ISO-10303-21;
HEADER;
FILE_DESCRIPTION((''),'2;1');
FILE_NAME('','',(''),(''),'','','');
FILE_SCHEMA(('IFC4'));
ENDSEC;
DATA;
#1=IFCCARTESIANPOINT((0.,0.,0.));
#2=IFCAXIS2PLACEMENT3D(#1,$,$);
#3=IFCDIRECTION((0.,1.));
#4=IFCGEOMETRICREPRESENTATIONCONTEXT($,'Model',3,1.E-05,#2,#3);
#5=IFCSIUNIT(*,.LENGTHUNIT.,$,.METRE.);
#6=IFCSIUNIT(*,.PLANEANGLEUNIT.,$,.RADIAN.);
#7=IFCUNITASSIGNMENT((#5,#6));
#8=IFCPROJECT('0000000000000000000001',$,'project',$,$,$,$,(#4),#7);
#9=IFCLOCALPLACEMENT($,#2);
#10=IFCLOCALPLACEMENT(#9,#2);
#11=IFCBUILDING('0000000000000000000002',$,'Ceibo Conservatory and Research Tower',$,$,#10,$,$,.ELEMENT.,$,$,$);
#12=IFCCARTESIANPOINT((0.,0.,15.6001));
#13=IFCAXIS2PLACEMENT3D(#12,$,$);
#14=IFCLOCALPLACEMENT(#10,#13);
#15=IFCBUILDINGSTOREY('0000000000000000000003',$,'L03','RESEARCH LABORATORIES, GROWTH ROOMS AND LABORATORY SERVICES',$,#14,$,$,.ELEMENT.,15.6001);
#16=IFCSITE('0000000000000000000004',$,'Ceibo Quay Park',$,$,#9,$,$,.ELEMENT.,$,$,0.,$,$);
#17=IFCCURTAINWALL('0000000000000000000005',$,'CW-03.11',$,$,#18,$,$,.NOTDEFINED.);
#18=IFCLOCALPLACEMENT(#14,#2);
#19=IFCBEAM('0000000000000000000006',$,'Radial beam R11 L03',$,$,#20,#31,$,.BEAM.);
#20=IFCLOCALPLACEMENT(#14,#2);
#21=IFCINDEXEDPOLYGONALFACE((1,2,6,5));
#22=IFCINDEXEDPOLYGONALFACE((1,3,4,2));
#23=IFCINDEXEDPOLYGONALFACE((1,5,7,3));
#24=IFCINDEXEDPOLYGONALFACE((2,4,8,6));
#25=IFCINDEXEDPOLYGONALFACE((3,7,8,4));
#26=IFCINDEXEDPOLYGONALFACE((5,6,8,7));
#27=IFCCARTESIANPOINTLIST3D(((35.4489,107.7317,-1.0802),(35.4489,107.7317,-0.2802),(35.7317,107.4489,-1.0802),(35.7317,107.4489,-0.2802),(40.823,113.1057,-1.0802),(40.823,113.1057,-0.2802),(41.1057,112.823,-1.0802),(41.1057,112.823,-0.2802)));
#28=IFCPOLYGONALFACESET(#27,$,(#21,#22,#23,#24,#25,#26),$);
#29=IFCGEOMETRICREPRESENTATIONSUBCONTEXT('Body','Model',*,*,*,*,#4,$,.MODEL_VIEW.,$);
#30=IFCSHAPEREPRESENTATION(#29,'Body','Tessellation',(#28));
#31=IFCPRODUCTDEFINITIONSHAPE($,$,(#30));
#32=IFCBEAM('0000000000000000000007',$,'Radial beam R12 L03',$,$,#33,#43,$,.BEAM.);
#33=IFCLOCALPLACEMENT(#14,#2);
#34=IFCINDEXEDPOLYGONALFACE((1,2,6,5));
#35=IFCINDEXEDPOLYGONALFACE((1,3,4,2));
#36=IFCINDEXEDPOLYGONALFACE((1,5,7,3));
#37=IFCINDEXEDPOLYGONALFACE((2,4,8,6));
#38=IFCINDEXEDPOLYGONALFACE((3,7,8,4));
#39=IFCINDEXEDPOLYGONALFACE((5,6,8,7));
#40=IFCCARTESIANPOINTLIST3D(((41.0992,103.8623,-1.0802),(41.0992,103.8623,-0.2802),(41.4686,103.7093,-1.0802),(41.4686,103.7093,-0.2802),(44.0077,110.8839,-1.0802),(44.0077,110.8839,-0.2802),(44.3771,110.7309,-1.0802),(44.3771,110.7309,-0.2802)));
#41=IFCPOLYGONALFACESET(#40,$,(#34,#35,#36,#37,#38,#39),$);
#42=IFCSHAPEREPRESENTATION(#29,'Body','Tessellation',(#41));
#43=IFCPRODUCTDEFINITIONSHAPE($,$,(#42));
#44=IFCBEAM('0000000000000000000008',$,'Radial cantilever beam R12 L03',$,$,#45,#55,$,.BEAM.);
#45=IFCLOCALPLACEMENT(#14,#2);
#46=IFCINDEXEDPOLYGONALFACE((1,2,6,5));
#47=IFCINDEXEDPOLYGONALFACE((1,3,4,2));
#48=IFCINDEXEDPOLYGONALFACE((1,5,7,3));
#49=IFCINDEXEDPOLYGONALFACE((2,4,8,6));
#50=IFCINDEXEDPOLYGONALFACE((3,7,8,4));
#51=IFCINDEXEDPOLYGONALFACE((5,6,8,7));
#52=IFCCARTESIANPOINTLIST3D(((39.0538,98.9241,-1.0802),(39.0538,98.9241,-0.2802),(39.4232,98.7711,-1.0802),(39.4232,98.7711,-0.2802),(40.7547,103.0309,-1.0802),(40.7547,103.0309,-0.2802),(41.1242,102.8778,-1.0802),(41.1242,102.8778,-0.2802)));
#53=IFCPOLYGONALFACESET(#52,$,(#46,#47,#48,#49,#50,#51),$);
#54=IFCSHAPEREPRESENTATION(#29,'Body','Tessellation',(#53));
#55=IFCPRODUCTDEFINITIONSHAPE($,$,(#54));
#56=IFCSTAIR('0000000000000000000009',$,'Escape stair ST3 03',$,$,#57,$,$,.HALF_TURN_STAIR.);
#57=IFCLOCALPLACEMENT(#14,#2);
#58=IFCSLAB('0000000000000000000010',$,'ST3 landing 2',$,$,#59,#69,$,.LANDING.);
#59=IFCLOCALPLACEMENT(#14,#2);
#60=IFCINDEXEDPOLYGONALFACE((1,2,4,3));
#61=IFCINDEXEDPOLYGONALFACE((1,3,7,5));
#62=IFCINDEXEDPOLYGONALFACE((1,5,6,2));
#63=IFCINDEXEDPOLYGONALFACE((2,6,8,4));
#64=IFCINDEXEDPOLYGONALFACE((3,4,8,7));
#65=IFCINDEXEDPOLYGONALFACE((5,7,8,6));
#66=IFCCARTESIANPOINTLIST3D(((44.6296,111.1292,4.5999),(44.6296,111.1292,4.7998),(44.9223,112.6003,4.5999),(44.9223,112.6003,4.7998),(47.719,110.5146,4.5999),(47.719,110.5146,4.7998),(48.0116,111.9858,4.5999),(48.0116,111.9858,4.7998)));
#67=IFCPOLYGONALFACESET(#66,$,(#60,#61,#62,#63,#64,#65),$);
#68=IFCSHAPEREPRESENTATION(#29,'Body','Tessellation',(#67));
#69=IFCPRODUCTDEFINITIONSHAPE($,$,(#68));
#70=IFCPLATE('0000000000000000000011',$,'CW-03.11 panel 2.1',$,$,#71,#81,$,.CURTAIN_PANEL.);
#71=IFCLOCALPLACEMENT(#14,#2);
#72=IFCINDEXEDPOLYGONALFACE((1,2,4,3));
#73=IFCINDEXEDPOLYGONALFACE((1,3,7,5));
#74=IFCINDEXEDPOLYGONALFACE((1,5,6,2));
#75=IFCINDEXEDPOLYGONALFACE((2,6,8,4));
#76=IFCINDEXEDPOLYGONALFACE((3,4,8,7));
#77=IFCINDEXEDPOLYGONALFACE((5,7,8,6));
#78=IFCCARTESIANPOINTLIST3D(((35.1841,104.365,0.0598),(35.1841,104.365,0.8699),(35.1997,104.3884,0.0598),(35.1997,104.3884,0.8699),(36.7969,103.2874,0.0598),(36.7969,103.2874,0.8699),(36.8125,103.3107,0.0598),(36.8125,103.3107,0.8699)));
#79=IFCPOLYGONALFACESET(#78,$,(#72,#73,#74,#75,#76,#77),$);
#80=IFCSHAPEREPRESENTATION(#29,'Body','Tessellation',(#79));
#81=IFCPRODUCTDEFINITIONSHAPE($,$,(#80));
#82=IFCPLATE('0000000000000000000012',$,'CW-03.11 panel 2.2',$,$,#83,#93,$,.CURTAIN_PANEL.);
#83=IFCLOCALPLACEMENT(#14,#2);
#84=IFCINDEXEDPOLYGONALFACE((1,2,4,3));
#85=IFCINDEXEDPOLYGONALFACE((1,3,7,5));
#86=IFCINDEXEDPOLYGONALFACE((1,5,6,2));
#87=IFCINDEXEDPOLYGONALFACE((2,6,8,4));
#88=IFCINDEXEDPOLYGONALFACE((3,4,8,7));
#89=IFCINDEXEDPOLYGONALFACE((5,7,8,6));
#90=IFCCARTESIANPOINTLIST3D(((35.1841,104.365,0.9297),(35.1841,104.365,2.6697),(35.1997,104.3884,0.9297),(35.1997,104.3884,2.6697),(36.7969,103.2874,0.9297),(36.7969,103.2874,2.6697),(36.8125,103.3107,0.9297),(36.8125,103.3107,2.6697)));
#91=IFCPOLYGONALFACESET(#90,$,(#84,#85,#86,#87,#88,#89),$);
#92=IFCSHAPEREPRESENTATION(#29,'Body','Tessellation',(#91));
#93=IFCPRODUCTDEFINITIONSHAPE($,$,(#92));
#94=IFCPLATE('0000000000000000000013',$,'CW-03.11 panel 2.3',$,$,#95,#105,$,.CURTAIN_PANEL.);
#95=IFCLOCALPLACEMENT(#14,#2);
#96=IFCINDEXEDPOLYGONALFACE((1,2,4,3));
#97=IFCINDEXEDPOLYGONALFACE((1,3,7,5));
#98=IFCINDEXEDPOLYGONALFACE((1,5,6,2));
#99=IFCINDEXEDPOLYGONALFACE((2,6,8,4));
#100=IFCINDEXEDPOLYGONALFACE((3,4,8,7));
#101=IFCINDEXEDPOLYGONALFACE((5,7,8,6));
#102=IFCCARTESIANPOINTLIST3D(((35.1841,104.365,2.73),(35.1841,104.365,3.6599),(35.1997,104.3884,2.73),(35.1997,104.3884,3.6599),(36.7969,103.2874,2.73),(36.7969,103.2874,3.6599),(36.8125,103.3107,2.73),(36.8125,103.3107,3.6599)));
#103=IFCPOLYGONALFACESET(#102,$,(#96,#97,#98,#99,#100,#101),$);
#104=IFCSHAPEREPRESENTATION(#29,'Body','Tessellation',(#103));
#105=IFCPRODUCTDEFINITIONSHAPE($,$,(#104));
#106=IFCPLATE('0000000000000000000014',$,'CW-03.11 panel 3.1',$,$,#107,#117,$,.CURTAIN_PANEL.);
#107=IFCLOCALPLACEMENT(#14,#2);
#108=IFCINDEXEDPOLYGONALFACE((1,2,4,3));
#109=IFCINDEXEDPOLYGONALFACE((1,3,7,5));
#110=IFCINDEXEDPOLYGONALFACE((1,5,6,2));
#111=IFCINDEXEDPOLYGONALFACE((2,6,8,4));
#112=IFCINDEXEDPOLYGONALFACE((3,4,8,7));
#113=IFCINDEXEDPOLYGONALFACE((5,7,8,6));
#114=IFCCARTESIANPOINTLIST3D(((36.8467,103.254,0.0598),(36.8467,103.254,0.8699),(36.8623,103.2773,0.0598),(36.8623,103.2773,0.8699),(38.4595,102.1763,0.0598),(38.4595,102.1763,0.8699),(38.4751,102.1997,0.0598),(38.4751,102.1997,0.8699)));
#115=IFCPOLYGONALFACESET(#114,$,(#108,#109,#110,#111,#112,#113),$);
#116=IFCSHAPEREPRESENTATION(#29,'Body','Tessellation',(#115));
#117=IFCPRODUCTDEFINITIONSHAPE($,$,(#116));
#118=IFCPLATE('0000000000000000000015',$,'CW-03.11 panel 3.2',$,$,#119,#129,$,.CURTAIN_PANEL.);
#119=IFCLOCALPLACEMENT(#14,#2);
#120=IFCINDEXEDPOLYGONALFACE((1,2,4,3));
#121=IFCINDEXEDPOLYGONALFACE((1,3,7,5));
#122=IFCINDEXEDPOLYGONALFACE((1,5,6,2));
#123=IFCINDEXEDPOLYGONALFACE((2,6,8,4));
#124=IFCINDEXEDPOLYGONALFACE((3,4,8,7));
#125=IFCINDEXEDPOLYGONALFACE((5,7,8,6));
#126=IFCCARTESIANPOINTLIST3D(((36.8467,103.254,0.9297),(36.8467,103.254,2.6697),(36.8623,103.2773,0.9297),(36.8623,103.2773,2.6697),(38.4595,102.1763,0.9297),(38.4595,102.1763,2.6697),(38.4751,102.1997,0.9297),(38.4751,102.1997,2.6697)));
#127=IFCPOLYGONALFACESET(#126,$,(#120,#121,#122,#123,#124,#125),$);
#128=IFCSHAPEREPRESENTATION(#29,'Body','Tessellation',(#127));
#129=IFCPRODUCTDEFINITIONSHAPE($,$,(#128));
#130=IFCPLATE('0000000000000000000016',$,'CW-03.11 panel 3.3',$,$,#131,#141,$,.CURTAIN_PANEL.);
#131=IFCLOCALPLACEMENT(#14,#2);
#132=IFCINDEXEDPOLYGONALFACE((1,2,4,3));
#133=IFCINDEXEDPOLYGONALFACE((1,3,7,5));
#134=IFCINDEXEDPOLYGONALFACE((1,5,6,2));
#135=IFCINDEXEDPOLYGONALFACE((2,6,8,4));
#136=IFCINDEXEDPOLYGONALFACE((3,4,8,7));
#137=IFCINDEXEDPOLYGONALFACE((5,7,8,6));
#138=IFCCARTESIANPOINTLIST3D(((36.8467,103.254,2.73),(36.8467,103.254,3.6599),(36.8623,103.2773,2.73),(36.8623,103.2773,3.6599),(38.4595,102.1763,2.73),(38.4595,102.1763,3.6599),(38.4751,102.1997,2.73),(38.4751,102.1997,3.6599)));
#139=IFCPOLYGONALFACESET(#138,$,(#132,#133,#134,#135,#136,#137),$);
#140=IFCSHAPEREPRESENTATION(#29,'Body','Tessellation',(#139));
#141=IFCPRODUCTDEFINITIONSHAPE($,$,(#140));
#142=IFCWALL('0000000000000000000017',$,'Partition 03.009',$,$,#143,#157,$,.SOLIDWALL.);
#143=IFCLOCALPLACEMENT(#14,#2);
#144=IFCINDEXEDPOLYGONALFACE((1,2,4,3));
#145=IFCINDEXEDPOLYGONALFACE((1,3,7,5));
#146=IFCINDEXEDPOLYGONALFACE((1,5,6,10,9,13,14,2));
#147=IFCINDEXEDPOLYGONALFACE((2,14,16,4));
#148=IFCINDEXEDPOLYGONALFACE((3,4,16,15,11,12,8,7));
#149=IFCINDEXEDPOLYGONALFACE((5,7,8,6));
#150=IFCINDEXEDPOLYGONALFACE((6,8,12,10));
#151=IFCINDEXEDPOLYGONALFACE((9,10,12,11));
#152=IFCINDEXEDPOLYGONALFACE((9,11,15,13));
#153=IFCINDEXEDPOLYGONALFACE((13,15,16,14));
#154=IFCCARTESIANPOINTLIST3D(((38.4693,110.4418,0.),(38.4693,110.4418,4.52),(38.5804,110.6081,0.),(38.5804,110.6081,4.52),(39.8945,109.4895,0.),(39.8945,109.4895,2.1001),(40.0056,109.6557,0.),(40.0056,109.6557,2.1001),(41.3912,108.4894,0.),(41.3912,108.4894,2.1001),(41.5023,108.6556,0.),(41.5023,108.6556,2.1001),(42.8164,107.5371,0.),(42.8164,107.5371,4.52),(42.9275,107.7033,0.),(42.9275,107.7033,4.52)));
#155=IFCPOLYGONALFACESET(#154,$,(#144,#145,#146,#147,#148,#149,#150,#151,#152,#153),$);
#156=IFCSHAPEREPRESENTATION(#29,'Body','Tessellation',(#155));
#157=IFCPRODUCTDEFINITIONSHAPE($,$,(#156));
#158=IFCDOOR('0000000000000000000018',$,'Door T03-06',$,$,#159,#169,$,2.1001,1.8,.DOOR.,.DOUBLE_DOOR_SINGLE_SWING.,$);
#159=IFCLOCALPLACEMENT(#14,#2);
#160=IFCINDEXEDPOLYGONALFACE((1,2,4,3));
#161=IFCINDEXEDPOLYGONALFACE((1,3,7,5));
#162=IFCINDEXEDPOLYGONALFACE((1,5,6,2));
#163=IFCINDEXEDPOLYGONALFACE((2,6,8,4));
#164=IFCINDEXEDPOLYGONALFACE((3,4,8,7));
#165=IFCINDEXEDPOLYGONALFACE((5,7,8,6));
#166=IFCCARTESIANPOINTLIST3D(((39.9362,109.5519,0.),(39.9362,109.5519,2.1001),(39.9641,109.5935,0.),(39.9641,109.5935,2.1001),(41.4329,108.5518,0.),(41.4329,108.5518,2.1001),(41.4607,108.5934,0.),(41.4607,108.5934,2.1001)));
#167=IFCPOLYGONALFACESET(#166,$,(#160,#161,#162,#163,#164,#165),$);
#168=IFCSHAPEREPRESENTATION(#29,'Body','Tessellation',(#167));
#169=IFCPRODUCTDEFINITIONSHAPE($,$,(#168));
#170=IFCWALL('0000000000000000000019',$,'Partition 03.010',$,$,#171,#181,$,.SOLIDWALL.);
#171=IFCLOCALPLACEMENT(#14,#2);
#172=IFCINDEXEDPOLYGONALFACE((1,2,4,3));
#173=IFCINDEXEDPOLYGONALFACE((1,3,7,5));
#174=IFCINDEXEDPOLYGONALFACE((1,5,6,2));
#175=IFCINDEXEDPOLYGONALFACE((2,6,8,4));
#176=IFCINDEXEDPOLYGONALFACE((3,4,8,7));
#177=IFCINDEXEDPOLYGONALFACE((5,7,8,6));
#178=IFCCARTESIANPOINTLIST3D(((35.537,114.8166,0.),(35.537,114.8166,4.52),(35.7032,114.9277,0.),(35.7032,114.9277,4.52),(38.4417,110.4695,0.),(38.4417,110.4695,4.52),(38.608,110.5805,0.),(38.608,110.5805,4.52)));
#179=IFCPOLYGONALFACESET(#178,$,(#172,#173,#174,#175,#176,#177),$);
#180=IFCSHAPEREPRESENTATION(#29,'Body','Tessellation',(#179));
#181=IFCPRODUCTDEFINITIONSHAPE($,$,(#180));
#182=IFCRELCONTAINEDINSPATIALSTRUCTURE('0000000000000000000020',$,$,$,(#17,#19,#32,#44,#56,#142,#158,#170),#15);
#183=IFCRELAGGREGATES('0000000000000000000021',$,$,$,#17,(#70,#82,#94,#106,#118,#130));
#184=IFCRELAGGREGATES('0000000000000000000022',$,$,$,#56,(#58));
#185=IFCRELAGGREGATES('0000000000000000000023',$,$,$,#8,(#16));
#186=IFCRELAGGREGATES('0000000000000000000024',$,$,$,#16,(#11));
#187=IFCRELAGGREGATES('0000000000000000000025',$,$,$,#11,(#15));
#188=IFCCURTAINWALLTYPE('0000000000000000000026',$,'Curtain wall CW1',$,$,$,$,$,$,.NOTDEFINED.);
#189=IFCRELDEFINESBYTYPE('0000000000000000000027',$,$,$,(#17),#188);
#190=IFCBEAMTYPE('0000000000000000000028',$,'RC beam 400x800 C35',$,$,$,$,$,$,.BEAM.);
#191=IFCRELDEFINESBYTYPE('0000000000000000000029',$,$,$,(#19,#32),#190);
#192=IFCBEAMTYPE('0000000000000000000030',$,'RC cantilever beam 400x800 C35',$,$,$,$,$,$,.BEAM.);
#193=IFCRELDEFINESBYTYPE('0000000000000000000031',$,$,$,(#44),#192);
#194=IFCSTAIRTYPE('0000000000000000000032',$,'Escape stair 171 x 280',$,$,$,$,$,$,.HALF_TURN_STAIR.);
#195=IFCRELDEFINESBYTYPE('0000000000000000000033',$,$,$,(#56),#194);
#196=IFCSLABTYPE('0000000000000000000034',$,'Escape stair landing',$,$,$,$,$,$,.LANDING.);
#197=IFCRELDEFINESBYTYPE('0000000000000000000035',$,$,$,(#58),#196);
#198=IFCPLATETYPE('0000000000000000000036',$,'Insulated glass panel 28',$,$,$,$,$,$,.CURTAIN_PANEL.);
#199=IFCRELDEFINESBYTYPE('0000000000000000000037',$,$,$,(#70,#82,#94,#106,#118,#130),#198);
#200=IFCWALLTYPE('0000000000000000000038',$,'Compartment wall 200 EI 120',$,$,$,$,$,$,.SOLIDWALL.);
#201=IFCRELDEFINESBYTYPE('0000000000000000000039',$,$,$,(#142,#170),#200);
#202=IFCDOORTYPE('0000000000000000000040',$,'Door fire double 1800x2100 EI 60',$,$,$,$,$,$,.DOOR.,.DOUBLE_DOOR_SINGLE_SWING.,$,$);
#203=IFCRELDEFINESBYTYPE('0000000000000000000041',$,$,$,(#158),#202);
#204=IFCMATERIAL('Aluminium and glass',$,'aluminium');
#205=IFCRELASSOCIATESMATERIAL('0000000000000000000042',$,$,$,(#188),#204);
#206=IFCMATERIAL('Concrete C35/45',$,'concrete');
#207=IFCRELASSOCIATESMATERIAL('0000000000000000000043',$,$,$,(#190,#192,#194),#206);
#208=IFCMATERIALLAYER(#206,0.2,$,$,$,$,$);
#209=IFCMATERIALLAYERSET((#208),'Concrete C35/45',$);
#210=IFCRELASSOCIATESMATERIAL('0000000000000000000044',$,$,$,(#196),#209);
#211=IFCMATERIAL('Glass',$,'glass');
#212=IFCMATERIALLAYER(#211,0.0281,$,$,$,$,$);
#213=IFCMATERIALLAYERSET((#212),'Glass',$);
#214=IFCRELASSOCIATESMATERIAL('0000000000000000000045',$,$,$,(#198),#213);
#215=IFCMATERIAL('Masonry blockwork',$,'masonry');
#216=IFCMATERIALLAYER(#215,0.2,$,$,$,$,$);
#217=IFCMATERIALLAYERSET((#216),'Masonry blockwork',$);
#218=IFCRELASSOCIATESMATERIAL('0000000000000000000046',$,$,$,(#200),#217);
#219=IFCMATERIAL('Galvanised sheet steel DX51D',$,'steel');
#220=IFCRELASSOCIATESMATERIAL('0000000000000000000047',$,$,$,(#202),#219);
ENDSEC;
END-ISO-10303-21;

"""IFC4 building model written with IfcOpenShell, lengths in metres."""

from ifc_helpers import new_model, si_unit, direction, frame, frame_2d, origin, origin_2d, place, context, subcontext, project, spatial, polyline, rectangle, outline, extrude, material, layer, layer_set, material_profile, profile_set, type_object, element, fill, aggregate, save


model = new_model("IFC4")

# Units and contexts
model_context = context("Model", 3, precision=1e-05, world=origin(), true_north=direction((0.0, 1.0)))
body_context = subcontext(model_context, "Body", "Model", "MODEL_VIEW")
ifc_project = project(units=[si_unit("LENGTHUNIT", "METRE"), si_unit("PLANEANGLEUNIT", "RADIAN")], contexts=[model_context])

# Site, building, storey
site_placement = place(None, origin())
site = spatial("IfcSite", under=ifc_project, at=site_placement, Name="Ceibo Quay Park", CompositionType="ELEMENT", RefElevation=0.0)
building_placement = place(site_placement, origin())
building = spatial("IfcBuilding", under=site, at=building_placement, Name="Ceibo Conservatory and Research Tower", CompositionType="ELEMENT")
storey_placement = place(building_placement, frame((0.0, 0.0, 15.6001)))
storey = spatial("IfcBuildingStorey", under=building, at=storey_placement, Name="L03", Description="RESEARCH LABORATORIES, GROWTH ROOMS AND LABORATORY SERVICES", CompositionType="ELEMENT", Elevation=15.6001)

# Shared definitions
ifc_material_1 = material(Name="Concrete C35/45", Category="concrete")

# Curtain wall
ifc_material_2 = material(Name="Aluminium and glass", Category="aluminium")
curtain_wall_type = type_object("IfcCurtainWallType", Name="Curtain wall CW1", PredefinedType="NOTDEFINED", material=ifc_material_2)
curtain_wall_placement = place(storey_placement, origin())
curtain_wall = element("IfcCurtainWall", 1, at=curtain_wall_placement, inside=storey, type_object=curtain_wall_type, Name="CW-03.11", PredefinedType="NOTDEFINED")

# Beams
ifc_material_profile_1 = material_profile(ifc_material_1, rectangle(XDim=0.3999, YDim=0.8, at=origin_2d()), Name="RC 400x800")
ifc_profile_set_1 = profile_set([ifc_material_profile_1], Name="Concrete C35/45")
beam_type_1 = type_object("IfcBeamType", Name="RC beam 400x800 C35", PredefinedType="BEAM", material=ifc_profile_set_1)
for number, where, z_axis, x_axis, name in (
    (2, (40.9644, 112.9644, -0.6802), (-0.707107, -0.707107, 0.0), (0.707107, -0.707107, 0.0), "Radial beam R11 L03"),
    (3, (44.1924, 110.8074, -0.6802), (-0.382689, -0.923877, 0.0), (0.923877, -0.382689, 0.0), "Radial beam R12 L03"),
):
    element("IfcBeam", number, at=place(storey_placement, frame(where, z_axis=z_axis, x_axis=x_axis)), inside=storey, type_object=beam_type_1, Name=name, PredefinedType="BEAM", context=body_context, shape_type="SweptSolid", body=[
        extrude(rectangle(XDim=0.3999, YDim=0.8, at=origin_2d()), origin(), (0.0, 0.0, 1.0), 7.6001),
    ])
ifc_material_profile_2 = material_profile(ifc_material_1, rectangle(XDim=0.3999, YDim=0.8, at=origin_2d()), Name="RC 400x800")
ifc_profile_set_2 = profile_set([ifc_material_profile_2], Name="Concrete C35/45")
beam_type_2 = type_object("IfcBeamType", Name="RC cantilever beam 400x800 C35", PredefinedType="BEAM", material=ifc_profile_set_2)
beam_1_placement = place(storey_placement, frame((40.9395, 102.9543, -0.6802), z_axis=(-0.382661, -0.923889, 0.0), x_axis=(0.923889, -0.382661, 0.0)))
element("IfcBeam", 4, at=beam_1_placement, inside=storey, type_object=beam_type_2, Name="Radial cantilever beam R12 L03", PredefinedType="BEAM", context=body_context, shape_type="SweptSolid", body=[
    extrude(rectangle(XDim=0.3999, YDim=0.8, at=origin_2d()), origin(), (0.0, 0.0, 1.0), 4.4451),
])

# Stair, slab
stair_type = type_object("IfcStairType", Name="Escape stair 171 x 280", PredefinedType="HALF_TURN_STAIR", material=ifc_material_1)
stair_placement = place(storey_placement, origin())
stair = element("IfcStair", 5, at=stair_placement, inside=storey, type_object=stair_type, Name="Escape stair ST3 03", PredefinedType="HALF_TURN_STAIR")
ifc_layer_1 = layer(ifc_material_1, 0.2)
ifc_layer_set_1 = layer_set([ifc_layer_1], Name="Concrete C35/45")
slab_type = type_object("IfcSlabType", Name="Escape stair landing", PredefinedType="LANDING", material=ifc_layer_set_1)
slab_placement = place(storey_placement, frame((47.719, 110.5146, 4.5999), z_axis=(0.0, 0.0, 1.0), x_axis=(0.19509, 0.980785, 0.0)))
slab = element("IfcSlab", 6, at=slab_placement, type_object=slab_type, Name="ST3 landing 2", PredefinedType="LANDING", context=body_context, shape_type="SweptSolid", body=[
    extrude(outline(polyline([(0.0, 0.0), (1.5, 0.0), (1.5, 3.1499), (0.0, 3.1499), (0.0, 0.0)])), origin(), (0.0, 0.0, 1.0), 0.2),
])

# Plates
ifc_material_3 = material(Name="Glass", Category="glass")
ifc_layer_2 = layer(ifc_material_3, 0.0281)
ifc_layer_set_2 = layer_set([ifc_layer_2], Name="Glass")
plate_type = type_object("IfcPlateType", Name="Insulated glass panel 28", PredefinedType="CURTAIN_PANEL", material=ifc_layer_set_2)
plate_1_placement = place(storey_placement, frame((35.9983, 103.8379, 0.0598), z_axis=(0.0, 0.0, 1.0), x_axis=(0.83147, -0.55557, 0.0)))
plate_1 = element("IfcPlate", 7, at=plate_1_placement, type_object=plate_type, Name="CW-03.11 panel 2.1", PredefinedType="CURTAIN_PANEL", context=body_context, shape_type="SweptSolid", body=[
    extrude(rectangle(XDim=1.9397, YDim=0.0281, at=origin_2d()), origin(), (0.0, 0.0, 1.0), 0.8101),
])
plate_2_placement = place(storey_placement, frame((35.9983, 103.8379, 0.9297), z_axis=(0.0, 0.0, 1.0), x_axis=(0.83147, -0.55557, 0.0)))
plate_2 = element("IfcPlate", 8, at=plate_2_placement, type_object=plate_type, Name="CW-03.11 panel 2.2", PredefinedType="CURTAIN_PANEL", context=body_context, shape_type="SweptSolid", body=[
    extrude(rectangle(XDim=1.9397, YDim=0.0281, at=origin_2d()), origin(), (0.0, 0.0, 1.0), 1.74),
])
plate_3_placement = place(storey_placement, frame((35.9983, 103.8379, 2.73), z_axis=(0.0, 0.0, 1.0), x_axis=(0.83147, -0.55557, 0.0)))
plate_3 = element("IfcPlate", 9, at=plate_3_placement, type_object=plate_type, Name="CW-03.11 panel 2.3", PredefinedType="CURTAIN_PANEL", context=body_context, shape_type="SweptSolid", body=[
    extrude(rectangle(XDim=1.9397, YDim=0.0281, at=origin_2d()), origin(), (0.0, 0.0, 1.0), 0.9299),
])
plate_4_placement = place(storey_placement, frame((37.6609, 102.7268, 0.0598), z_axis=(0.0, 0.0, 1.0), x_axis=(0.83147, -0.55557, 0.0)))
plate_4 = element("IfcPlate", 10, at=plate_4_placement, type_object=plate_type, Name="CW-03.11 panel 3.1", PredefinedType="CURTAIN_PANEL", context=body_context, shape_type="SweptSolid", body=[
    extrude(rectangle(XDim=1.9397, YDim=0.0281, at=origin_2d()), origin(), (0.0, 0.0, 1.0), 0.8101),
])
plate_5_placement = place(storey_placement, frame((37.6609, 102.7268, 0.9297), z_axis=(0.0, 0.0, 1.0), x_axis=(0.83147, -0.55557, 0.0)))
plate_5 = element("IfcPlate", 11, at=plate_5_placement, type_object=plate_type, Name="CW-03.11 panel 3.2", PredefinedType="CURTAIN_PANEL", context=body_context, shape_type="SweptSolid", body=[
    extrude(rectangle(XDim=1.9397, YDim=0.0281, at=origin_2d()), origin(), (0.0, 0.0, 1.0), 1.74),
])
plate_6_placement = place(storey_placement, frame((37.6609, 102.7268, 2.73), z_axis=(0.0, 0.0, 1.0), x_axis=(0.83147, -0.55557, 0.0)))
plate_6 = element("IfcPlate", 12, at=plate_6_placement, type_object=plate_type, Name="CW-03.11 panel 3.3", PredefinedType="CURTAIN_PANEL", context=body_context, shape_type="SweptSolid", body=[
    extrude(rectangle(XDim=1.9397, YDim=0.0281, at=origin_2d()), origin(), (0.0, 0.0, 1.0), 0.9299),
])
aggregate(curtain_wall, [plate_1, plate_2, plate_3, plate_4, plate_5, plate_6])

# Wall, opening, door
ifc_material_4 = material(Name="Masonry blockwork", Category="masonry")
ifc_layer_3 = layer(ifc_material_4, 0.2)
ifc_layer_set_3 = layer_set([ifc_layer_3], Name="Masonry blockwork")
wall_type_1 = type_object("IfcWallType", Name="Compartment wall 200 EI 120", PredefinedType="SOLIDWALL", material=ifc_layer_set_3)
wall_1_placement = place(storey_placement, frame((42.8721, 107.6201, 0.0), z_axis=(0.0, 0.0, 1.0), x_axis=(-0.831461, 0.555584, 0.0)))
wall_1 = element("IfcWall", 13, at=wall_1_placement, inside=storey, type_object=wall_type_1, Name="Partition 03.009", PredefinedType="SOLIDWALL", context=body_context, shape_type="SweptSolid", body=[
    extrude(rectangle(XDim=5.2283, YDim=0.2, at=frame_2d((2.6143, 0.0))), origin(), (0.0, 0.0, 1.0), 4.52),
])
opening_1_placement = place(wall_1_placement, frame((1.7144, 0.0, 0.0)))
opening_1 = element("IfcOpeningElement", 14, at=opening_1_placement, cuts=wall_1, PredefinedType="OPENING", context=body_context, shape_type="SweptSolid", body=[
    extrude(rectangle(XDim=1.8, YDim=2.1001, at=frame_2d((0.8999, 1.05))), frame((0.0, 0.1099, 0.0), z_axis=(0.0, -1.0, 0.0), x_axis=(1.0, 0.0, 0.0)), (0.0, 0.0, 1.0), 0.22),
])
ifc_material_5 = material(Name="Galvanised sheet steel DX51D", Category="steel")
door_type_1 = type_object("IfcDoorType", Name="Door fire double 1800x2100 EI 60", OperationType="DOUBLE_DOOR_SINGLE_SWING", PredefinedType="DOOR", material=ifc_material_5)
door_1_placement = place(opening_1_placement, origin())
door_1 = element("IfcDoor", 15, at=door_1_placement, inside=storey, type_object=door_type_1, Name="Door T03-06", OperationType="DOUBLE_DOOR_SINGLE_SWING", OverallHeight=2.1001, OverallWidth=1.8, PredefinedType="DOOR", context=body_context, shape_type="SweptSolid", body=[
    extrude(rectangle(XDim=1.8, YDim=2.1001, at=frame_2d((0.8999, 1.05))), frame((0.0, 0.0249, 0.0), z_axis=(0.0, -1.0, 0.0), x_axis=(1.0, 0.0, 0.0)), (0.0, 0.0, 1.0), 0.05),
])
fill(opening_1, door_1)

# Wall
wall_2_placement = place(storey_placement, frame((38.5249, 110.5249, 0.0), z_axis=(0.0, 0.0, 1.0), x_axis=(-0.555584, 0.831461, 0.0)))
element("IfcWall", 16, at=wall_2_placement, inside=storey, type_object=wall_type_1, Name="Partition 03.010", PredefinedType="SOLIDWALL", context=body_context, shape_type="SweptSolid", body=[
    extrude(rectangle(XDim=5.2283, YDim=0.2, at=frame_2d((2.6143, 0.0))), origin(), (0.0, 0.0, 1.0), 4.52),
])

aggregate(stair, [slab])

save(model, "model.ifc")
